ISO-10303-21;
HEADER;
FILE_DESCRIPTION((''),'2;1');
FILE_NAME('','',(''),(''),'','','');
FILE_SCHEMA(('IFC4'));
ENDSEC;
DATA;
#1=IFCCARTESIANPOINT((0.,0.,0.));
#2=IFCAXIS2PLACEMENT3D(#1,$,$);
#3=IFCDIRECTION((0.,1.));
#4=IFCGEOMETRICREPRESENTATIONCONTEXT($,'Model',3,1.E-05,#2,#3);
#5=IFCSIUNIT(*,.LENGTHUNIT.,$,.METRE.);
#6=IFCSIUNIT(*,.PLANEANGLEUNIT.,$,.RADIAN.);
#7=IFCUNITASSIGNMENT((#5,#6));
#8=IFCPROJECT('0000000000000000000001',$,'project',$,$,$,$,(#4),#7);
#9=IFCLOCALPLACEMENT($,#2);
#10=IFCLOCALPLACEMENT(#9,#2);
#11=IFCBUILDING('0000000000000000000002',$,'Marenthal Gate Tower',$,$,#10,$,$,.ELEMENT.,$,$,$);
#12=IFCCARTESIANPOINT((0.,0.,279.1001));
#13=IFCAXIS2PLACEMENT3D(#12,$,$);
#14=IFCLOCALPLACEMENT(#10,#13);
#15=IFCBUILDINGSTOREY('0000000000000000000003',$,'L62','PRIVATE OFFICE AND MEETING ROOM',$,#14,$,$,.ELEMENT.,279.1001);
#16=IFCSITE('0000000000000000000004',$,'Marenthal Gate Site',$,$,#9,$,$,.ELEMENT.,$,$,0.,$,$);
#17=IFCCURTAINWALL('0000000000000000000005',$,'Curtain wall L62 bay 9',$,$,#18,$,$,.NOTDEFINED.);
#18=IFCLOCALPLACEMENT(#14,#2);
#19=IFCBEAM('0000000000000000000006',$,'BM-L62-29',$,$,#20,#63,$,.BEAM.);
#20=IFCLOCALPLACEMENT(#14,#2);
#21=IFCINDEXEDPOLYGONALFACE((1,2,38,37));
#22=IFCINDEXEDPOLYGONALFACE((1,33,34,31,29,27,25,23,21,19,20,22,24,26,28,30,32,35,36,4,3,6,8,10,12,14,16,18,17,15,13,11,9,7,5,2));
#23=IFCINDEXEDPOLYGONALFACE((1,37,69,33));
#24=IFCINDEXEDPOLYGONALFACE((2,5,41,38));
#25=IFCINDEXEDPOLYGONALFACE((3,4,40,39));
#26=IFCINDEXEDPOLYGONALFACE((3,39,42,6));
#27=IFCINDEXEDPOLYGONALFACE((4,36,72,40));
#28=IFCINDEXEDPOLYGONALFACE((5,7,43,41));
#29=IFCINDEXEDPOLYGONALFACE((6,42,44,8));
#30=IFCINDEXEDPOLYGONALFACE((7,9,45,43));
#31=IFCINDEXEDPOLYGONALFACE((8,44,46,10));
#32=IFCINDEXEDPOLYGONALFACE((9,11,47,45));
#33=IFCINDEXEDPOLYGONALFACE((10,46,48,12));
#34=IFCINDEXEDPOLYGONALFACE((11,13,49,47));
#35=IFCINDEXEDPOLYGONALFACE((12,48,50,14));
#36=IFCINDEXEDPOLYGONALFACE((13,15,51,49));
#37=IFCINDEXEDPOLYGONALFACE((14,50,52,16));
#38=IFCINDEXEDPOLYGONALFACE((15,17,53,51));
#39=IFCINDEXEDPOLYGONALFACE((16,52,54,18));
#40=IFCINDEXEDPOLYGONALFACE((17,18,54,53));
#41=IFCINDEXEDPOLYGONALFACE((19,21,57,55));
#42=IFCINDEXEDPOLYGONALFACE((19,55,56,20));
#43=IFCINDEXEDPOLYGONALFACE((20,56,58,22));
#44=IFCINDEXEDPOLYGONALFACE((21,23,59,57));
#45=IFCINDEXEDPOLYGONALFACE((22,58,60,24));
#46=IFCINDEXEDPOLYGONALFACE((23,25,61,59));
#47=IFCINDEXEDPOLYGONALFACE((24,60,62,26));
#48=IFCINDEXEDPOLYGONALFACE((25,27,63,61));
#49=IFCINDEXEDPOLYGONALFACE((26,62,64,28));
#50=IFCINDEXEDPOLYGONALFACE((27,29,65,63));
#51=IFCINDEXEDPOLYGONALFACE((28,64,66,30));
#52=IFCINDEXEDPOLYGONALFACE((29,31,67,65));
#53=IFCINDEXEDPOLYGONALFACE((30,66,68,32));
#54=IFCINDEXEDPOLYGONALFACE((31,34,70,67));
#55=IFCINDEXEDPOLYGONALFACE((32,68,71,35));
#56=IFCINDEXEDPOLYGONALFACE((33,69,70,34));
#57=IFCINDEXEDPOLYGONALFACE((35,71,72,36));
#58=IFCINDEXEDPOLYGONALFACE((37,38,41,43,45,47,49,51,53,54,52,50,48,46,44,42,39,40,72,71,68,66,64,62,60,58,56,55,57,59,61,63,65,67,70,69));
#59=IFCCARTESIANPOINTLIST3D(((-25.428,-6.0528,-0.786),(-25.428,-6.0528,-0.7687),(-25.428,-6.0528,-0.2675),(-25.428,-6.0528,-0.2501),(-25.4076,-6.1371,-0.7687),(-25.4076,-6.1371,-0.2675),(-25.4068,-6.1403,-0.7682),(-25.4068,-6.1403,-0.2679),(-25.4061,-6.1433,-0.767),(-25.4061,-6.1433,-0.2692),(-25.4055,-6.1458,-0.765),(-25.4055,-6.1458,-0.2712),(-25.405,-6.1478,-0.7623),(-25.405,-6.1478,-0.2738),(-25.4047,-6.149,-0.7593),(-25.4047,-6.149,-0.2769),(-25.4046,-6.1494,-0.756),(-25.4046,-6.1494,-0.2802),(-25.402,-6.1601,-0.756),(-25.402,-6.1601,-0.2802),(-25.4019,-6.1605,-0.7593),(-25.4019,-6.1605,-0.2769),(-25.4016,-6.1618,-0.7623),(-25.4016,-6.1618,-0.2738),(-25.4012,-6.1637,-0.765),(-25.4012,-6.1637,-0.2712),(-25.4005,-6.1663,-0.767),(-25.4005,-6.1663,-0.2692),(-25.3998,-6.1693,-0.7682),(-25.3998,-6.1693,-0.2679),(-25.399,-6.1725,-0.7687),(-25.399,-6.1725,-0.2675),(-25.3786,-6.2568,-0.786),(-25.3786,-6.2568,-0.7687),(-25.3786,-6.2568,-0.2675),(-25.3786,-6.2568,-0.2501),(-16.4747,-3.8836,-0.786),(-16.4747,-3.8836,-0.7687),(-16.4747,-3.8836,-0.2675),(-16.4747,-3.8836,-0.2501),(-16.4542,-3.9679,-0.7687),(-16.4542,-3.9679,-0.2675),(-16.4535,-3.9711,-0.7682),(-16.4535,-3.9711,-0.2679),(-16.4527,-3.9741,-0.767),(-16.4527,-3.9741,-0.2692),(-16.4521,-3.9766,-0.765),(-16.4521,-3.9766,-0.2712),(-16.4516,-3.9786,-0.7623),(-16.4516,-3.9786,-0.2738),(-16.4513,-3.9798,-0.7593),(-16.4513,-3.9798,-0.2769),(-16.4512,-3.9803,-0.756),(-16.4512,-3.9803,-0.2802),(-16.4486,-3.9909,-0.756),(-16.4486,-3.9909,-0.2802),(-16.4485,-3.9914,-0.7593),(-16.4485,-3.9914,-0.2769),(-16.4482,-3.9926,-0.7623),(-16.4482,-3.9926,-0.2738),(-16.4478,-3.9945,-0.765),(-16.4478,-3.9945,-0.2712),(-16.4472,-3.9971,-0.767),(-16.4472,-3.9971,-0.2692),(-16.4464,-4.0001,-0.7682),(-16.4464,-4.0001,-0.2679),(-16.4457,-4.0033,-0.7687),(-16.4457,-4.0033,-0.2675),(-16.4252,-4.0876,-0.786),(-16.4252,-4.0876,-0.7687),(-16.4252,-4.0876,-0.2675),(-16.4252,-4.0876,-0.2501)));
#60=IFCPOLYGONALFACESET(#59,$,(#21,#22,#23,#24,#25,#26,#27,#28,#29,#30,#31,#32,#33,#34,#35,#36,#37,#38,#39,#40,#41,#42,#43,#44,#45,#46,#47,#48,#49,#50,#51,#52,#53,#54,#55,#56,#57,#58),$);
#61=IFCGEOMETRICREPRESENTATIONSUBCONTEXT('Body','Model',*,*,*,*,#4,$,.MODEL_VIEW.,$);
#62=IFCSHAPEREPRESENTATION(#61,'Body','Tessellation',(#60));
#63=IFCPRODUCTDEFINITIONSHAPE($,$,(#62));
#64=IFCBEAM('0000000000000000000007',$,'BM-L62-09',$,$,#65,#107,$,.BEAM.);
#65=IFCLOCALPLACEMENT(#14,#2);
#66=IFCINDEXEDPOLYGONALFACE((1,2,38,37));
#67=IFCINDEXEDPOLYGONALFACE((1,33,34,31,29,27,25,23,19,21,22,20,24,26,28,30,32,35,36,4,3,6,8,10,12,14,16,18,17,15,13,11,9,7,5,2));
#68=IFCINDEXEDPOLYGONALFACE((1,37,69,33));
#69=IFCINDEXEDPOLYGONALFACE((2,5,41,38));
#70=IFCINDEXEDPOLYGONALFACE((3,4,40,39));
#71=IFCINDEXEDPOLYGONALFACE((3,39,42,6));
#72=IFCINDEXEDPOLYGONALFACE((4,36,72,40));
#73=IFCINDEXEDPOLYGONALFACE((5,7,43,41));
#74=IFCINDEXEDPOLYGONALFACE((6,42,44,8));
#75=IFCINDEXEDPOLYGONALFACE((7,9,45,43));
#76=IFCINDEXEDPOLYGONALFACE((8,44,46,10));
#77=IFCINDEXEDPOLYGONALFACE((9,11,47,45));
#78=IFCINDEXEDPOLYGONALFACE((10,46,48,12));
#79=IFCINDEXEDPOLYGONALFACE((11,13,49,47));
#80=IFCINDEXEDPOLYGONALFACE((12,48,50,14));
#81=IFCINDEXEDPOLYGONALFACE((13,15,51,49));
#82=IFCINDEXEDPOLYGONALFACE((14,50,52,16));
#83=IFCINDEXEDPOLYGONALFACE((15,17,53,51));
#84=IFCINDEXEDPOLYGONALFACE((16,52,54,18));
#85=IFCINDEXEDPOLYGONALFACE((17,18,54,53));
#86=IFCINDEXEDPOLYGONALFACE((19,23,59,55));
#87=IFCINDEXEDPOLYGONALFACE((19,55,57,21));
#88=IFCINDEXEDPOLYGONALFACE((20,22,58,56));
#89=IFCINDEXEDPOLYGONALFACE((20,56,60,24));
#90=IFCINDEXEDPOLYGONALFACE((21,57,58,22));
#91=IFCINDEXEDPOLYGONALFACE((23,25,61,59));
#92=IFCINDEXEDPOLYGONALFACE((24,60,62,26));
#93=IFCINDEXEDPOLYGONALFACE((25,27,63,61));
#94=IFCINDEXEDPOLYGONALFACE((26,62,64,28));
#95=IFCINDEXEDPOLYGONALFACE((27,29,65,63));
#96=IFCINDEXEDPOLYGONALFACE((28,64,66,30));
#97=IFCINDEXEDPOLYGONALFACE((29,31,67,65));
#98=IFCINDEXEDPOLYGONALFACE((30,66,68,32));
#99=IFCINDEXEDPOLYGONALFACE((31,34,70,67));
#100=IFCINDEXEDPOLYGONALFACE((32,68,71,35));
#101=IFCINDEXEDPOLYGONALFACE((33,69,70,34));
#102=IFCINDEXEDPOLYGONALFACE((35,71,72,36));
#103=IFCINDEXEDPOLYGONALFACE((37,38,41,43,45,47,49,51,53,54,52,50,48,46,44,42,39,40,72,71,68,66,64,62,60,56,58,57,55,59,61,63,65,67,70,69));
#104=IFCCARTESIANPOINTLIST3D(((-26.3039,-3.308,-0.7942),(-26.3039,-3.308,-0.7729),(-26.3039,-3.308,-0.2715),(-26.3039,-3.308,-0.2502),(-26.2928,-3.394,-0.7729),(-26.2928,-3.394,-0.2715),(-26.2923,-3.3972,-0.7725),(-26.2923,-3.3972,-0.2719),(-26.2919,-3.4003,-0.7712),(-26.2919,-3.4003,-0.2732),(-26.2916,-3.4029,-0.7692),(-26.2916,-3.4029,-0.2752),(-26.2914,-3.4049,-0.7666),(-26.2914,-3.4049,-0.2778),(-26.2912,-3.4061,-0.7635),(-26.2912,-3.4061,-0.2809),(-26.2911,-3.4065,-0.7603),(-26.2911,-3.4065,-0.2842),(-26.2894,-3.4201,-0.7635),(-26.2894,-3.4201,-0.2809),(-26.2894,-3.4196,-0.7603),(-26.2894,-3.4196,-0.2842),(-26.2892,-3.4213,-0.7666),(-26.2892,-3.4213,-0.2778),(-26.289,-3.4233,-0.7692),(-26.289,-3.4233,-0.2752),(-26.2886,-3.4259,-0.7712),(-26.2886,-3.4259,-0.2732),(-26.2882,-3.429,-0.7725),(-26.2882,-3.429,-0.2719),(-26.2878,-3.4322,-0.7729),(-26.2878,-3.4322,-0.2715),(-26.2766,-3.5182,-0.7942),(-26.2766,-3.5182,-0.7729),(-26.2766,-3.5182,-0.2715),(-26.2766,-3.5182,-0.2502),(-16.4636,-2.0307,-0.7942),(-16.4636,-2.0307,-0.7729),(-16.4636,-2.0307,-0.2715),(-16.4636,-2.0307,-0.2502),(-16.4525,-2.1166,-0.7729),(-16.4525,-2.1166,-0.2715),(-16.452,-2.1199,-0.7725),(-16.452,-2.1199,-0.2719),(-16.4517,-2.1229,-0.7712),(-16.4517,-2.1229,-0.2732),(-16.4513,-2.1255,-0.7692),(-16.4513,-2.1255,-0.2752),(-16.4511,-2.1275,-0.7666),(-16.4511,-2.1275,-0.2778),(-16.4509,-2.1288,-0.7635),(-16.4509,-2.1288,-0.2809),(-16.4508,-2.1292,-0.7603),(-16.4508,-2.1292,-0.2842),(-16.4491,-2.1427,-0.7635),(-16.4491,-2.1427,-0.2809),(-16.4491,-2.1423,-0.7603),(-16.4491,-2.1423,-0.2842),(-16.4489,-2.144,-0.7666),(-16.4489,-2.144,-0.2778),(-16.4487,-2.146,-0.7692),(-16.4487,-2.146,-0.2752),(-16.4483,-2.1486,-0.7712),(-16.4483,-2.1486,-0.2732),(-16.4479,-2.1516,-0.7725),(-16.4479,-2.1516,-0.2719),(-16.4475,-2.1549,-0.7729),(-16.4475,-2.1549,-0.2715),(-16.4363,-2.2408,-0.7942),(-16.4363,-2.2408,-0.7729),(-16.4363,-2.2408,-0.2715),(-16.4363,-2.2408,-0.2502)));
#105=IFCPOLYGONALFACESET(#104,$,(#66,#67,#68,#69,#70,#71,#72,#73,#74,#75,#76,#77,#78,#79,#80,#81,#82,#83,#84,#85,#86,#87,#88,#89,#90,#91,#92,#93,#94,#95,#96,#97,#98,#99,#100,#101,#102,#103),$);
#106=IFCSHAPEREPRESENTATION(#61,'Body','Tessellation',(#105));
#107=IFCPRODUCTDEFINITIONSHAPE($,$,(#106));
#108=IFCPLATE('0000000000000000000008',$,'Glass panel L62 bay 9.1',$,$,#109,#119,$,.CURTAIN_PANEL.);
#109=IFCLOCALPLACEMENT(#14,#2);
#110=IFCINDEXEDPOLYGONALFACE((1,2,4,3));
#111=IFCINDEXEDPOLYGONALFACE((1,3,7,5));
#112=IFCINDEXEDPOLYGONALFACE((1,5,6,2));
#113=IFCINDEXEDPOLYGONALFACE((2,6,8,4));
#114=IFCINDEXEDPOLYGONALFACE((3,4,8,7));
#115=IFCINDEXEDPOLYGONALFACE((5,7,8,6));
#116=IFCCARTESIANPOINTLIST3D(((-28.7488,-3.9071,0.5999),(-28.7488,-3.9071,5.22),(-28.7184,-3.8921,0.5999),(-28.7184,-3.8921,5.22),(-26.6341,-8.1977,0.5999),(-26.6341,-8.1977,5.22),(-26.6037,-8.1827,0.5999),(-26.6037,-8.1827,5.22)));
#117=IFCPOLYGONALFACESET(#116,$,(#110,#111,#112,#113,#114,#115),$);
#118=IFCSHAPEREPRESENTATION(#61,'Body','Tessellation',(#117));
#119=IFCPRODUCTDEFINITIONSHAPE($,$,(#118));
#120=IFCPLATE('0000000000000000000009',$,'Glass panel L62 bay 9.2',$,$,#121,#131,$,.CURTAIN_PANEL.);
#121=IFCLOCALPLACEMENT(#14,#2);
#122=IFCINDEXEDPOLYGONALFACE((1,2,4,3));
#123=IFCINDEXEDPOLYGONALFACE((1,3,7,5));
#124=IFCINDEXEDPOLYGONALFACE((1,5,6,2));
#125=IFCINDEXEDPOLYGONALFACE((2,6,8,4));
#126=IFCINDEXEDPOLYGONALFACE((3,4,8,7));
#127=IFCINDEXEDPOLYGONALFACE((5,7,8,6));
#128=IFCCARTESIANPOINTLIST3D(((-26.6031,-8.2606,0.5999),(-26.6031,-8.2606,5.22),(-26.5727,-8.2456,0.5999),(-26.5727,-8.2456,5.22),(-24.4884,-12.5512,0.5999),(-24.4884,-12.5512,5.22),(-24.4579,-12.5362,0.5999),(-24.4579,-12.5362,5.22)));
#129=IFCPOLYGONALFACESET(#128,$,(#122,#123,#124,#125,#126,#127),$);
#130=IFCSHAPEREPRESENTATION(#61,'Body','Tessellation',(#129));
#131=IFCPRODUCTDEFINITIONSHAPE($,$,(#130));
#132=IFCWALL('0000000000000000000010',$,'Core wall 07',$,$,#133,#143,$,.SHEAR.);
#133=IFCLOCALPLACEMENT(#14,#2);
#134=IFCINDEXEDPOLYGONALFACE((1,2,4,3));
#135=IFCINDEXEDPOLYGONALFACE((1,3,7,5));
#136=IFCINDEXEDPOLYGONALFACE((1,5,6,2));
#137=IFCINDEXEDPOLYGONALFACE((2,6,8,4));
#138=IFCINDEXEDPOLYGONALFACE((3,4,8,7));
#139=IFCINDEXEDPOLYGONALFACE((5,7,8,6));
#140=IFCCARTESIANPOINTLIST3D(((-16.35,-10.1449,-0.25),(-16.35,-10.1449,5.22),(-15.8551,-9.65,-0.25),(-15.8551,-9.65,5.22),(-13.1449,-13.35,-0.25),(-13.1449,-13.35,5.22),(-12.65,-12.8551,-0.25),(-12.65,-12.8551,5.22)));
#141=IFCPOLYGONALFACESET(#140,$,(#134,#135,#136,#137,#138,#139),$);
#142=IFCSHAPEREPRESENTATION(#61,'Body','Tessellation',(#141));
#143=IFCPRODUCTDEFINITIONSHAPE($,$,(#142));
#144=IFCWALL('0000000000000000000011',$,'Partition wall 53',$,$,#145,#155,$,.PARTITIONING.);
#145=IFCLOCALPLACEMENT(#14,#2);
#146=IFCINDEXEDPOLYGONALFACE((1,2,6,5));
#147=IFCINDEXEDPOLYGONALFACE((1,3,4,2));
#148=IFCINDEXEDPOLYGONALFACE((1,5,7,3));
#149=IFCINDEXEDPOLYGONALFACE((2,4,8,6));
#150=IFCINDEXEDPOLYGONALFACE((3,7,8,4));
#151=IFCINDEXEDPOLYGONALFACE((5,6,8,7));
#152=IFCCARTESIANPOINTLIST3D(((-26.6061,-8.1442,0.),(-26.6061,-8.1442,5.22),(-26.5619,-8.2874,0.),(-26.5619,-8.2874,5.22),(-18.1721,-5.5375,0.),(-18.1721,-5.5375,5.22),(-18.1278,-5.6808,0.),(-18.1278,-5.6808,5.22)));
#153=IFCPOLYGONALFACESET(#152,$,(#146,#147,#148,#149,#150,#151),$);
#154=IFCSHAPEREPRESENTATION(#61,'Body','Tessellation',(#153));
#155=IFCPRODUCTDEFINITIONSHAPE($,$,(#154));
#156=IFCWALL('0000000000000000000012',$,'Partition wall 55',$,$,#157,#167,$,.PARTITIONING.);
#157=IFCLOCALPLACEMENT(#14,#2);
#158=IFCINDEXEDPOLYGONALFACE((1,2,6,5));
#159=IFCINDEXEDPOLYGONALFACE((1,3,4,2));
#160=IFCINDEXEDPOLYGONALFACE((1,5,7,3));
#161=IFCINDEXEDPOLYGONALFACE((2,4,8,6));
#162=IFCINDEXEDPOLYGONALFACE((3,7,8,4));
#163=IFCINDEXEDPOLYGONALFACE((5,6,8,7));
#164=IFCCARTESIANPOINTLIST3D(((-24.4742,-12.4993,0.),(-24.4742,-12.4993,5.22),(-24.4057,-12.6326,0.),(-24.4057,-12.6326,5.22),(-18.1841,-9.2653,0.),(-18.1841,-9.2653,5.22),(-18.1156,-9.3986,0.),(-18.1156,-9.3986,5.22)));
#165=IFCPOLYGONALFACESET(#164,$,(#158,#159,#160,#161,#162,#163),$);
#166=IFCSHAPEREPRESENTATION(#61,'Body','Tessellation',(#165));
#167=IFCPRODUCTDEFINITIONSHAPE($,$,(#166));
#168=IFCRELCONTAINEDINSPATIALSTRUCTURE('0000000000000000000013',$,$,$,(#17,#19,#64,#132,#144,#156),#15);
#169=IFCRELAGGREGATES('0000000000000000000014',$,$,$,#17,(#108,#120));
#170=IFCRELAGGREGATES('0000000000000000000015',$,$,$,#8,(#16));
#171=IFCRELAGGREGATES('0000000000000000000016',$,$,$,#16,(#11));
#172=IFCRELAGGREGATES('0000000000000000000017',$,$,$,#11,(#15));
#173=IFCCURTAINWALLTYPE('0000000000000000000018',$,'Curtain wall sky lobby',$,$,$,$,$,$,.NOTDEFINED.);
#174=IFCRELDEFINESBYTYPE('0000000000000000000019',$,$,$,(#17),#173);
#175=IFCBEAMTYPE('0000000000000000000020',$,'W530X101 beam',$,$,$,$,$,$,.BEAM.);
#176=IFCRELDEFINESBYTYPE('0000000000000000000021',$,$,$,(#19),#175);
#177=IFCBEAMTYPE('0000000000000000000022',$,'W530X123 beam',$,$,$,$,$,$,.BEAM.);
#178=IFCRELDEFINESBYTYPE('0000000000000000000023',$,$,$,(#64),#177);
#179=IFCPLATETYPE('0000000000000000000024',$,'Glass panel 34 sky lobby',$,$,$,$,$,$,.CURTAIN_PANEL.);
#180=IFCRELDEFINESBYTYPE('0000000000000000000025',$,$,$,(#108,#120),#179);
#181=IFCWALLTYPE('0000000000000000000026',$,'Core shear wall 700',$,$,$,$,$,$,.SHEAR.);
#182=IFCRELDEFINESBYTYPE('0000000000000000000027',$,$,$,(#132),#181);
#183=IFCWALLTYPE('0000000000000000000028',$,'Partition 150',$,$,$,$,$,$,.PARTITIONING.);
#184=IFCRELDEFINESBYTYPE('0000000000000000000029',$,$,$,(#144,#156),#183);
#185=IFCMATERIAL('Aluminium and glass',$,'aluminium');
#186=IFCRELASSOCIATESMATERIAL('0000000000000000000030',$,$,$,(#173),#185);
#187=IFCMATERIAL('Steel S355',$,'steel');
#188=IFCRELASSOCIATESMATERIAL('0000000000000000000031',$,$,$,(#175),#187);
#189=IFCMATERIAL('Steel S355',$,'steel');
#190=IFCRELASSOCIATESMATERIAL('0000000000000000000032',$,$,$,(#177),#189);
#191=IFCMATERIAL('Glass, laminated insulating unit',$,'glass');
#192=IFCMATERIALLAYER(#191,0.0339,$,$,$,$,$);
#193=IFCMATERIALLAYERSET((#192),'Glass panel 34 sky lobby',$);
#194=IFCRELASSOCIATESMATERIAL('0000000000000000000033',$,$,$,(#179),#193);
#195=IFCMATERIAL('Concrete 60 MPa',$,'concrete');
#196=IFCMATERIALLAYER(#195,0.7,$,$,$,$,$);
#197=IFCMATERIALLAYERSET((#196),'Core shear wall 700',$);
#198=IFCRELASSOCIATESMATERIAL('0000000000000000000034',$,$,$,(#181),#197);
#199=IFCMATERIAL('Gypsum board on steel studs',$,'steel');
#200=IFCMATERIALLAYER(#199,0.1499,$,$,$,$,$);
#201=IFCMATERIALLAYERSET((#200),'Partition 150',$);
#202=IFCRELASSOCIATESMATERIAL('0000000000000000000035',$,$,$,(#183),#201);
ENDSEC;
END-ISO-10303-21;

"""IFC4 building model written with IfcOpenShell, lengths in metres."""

from ifc_helpers import new_model, si_unit, direction, frame, frame_2d, origin, origin_2d, place, context, subcontext, project, spatial, rectangle, i_section, extrude, material, layer, layer_set, material_profile, profile_set, type_object, element, aggregate, save


model = new_model("IFC4")

# Units and contexts
model_context = context("Model", 3, precision=1e-05, world=origin(), true_north=direction((0.0, 1.0)))
body_context = subcontext(model_context, "Body", "Model", "MODEL_VIEW")
ifc_project = project(units=[si_unit("LENGTHUNIT", "METRE"), si_unit("PLANEANGLEUNIT", "RADIAN")], contexts=[model_context])

# Site, building, storey
site_placement = place(None, origin())
site = spatial("IfcSite", under=ifc_project, at=site_placement, Name="Marenthal Gate Site", CompositionType="ELEMENT", RefElevation=0.0)
building_placement = place(site_placement, origin())
building = spatial("IfcBuilding", under=site, at=building_placement, Name="Marenthal Gate Tower", CompositionType="ELEMENT")
storey_placement = place(building_placement, frame((0.0, 0.0, 279.1001)))
storey = spatial("IfcBuildingStorey", under=building, at=storey_placement, Name="L62", Description="PRIVATE OFFICE AND MEETING ROOM", CompositionType="ELEMENT", Elevation=279.1001)

# Shared definitions
ifc_material_1 = material(Name="Aluminium and glass", Category="aluminium")
curtain_wall_type = type_object("IfcCurtainWallType", Name="Curtain wall sky lobby", PredefinedType="NOTDEFINED", material=ifc_material_1)

# Curtain wall
curtain_wall_1_placement = place(storey_placement, origin())
curtain_wall_1 = element("IfcCurtainWall", 1, at=curtain_wall_1_placement, inside=storey, type_object=curtain_wall_type, Name="Curtain wall L62 bay 9", PredefinedType="NOTDEFINED")

# Beams
ifc_material_2 = material(Name="Steel S355", Category="steel")
ifc_material_profile_1 = material_profile(ifc_material_2, i_section(OverallWidth=0.21, OverallDepth=0.5359, WebThickness=0.011, FlangeThickness=0.0173, FilletRadius=0.0127, at=origin_2d()), Name="W530X101")
ifc_profile_set_1 = profile_set([ifc_material_profile_1], Name="Steel S355")
beam_type_1 = type_object("IfcBeamType", Name="W530X101 beam", PredefinedType="BEAM", material=ifc_profile_set_1)
beam_1_placement = place(storey_placement, frame((-25.4033, -6.1548, -0.5181), z_axis=(0.971883, 0.235464, 0.0), x_axis=(-0.235464, 0.971883, 0.0)))
element("IfcBeam", 2, at=beam_1_placement, inside=storey, type_object=beam_type_1, Name="BM-L62-29", PredefinedType="BEAM", context=body_context, shape_type="SweptSolid", body=[
    extrude(i_section(OverallWidth=0.21, OverallDepth=0.5359, WebThickness=0.011, FlangeThickness=0.0173, FilletRadius=0.0127, at=origin_2d()), origin(), (0.0, 0.0, 1.0), 9.2124),
])
ifc_material_3 = material(Name="Steel S355", Category="steel")
ifc_material_profile_2 = material_profile(ifc_material_3, i_section(OverallWidth=0.2119, OverallDepth=0.5439, WebThickness=0.0132, FlangeThickness=0.0212, FilletRadius=0.0127, at=origin_2d()), Name="W530X123")
ifc_profile_set_2 = profile_set([ifc_material_profile_2], Name="Steel S355")
beam_type_2 = type_object("IfcBeamType", Name="W530X123 beam", PredefinedType="BEAM", material=ifc_profile_set_2)
beam_2_placement = place(storey_placement, frame((-26.2903, -3.4131, -0.5222), z_axis=(0.99168, 0.128727, 0.0), x_axis=(-0.128727, 0.99168, 0.0)))
element("IfcBeam", 3, at=beam_2_placement, inside=storey, type_object=beam_type_2, Name="BM-L62-09", PredefinedType="BEAM", context=body_context, shape_type="SweptSolid", body=[
    extrude(i_section(OverallWidth=0.2119, OverallDepth=0.5439, WebThickness=0.0132, FlangeThickness=0.0212, FilletRadius=0.0127, at=origin_2d()), origin(), (0.0, 0.0, 1.0), 9.9229),
])

# Plates
ifc_material_4 = material(Name="Glass, laminated insulating unit", Category="glass")
ifc_layer_1 = layer(ifc_material_4, 0.0339)
ifc_layer_set_1 = layer_set([ifc_layer_1], Name="Glass panel 34 sky lobby")
plate_type = type_object("IfcPlateType", Name="Glass panel 34 sky lobby", PredefinedType="CURTAIN_PANEL", material=ifc_layer_set_1)
plate_1_placement = place(storey_placement, frame((-27.6763, -6.0449, 0.5999), z_axis=(0.0, 0.0, 1.0), x_axis=(0.442091, -0.89697, 0.0)))
plate_1 = element("IfcPlate", 4, at=plate_1_placement, type_object=plate_type, Name="Glass panel L62 bay 9.1", PredefinedType="CURTAIN_PANEL", context=body_context, shape_type="SweptSolid", body=[
    extrude(rectangle(XDim=4.7834, YDim=0.0339, at=origin_2d()), origin(), (0.0, 0.0, 1.0), 4.6201),
])
plate_2_placement = place(storey_placement, frame((-25.5305, -10.3984, 0.5999), z_axis=(0.0, 0.0, 1.0), x_axis=(0.442091, -0.89697, 0.0)))
plate_2 = element("IfcPlate", 5, at=plate_2_placement, type_object=plate_type, Name="Glass panel L62 bay 9.2", PredefinedType="CURTAIN_PANEL", context=body_context, shape_type="SweptSolid", body=[
    extrude(rectangle(XDim=4.7834, YDim=0.0339, at=origin_2d()), origin(), (0.0, 0.0, 1.0), 4.6201),
])
aggregate(curtain_wall_1, [plate_1, plate_2])

# Walls
ifc_material_5 = material(Name="Concrete 60 MPa", Category="concrete")
ifc_layer_2 = layer(ifc_material_5, 0.7)
ifc_layer_set_2 = layer_set([ifc_layer_2], Name="Core shear wall 700")
wall_type_1 = type_object("IfcWallType", Name="Core shear wall 700", PredefinedType="SHEAR", material=ifc_layer_set_2)
wall_1_placement = place(storey_placement, frame((-16.1025, -9.8975, -0.25), z_axis=(0.0, 0.0, 1.0), x_axis=(0.707107, -0.707107, 0.0)))
element("IfcWall", 6, at=wall_1_placement, inside=storey, type_object=wall_type_1, Name="Core wall 07", PredefinedType="SHEAR", context=body_context, shape_type="SweptSolid", body=[
    extrude(rectangle(XDim=4.5327, YDim=0.7, at=frame_2d((2.2664, 0.0))), origin(), (0.0, 0.0, 1.0), 5.47),
])
ifc_material_6 = material(Name="Gypsum board on steel studs", Category="steel")
ifc_layer_3 = layer(ifc_material_6, 0.1499)
ifc_layer_set_3 = layer_set([ifc_layer_3], Name="Partition 150")
wall_type_2 = type_object("IfcWallType", Name="Partition 150", PredefinedType="PARTITIONING", material=ifc_layer_set_3)
wall_2_placement = place(storey_placement, frame((-26.584, -8.2158, 0.0), z_axis=(0.0, 0.0, 1.0), x_axis=(0.955409, 0.295285, 0.0)))
element("IfcWall", 7, at=wall_2_placement, inside=storey, type_object=wall_type_2, Name="Partition wall 53", PredefinedType="PARTITIONING", context=body_context, shape_type="SweptSolid", body=[
    extrude(rectangle(XDim=8.8276, YDim=0.1499, at=frame_2d((4.4138, 0.0))), origin(), (0.0, 0.0, 1.0), 5.22),
])
wall_3_placement = place(storey_placement, frame((-24.4399, -12.5659, 0.0), z_axis=(0.0, 0.0, 1.0), x_axis=(0.889345, 0.457237, 0.0)))
element("IfcWall", 8, at=wall_3_placement, inside=storey, type_object=wall_type_2, Name="Partition wall 55", PredefinedType="PARTITIONING", context=body_context, shape_type="SweptSolid", body=[
    extrude(rectangle(XDim=7.0728, YDim=0.1499, at=frame_2d((3.5364, 0.0))), origin(), (0.0, 0.0, 1.0), 5.22),
])

save(model, "model.ifc")
